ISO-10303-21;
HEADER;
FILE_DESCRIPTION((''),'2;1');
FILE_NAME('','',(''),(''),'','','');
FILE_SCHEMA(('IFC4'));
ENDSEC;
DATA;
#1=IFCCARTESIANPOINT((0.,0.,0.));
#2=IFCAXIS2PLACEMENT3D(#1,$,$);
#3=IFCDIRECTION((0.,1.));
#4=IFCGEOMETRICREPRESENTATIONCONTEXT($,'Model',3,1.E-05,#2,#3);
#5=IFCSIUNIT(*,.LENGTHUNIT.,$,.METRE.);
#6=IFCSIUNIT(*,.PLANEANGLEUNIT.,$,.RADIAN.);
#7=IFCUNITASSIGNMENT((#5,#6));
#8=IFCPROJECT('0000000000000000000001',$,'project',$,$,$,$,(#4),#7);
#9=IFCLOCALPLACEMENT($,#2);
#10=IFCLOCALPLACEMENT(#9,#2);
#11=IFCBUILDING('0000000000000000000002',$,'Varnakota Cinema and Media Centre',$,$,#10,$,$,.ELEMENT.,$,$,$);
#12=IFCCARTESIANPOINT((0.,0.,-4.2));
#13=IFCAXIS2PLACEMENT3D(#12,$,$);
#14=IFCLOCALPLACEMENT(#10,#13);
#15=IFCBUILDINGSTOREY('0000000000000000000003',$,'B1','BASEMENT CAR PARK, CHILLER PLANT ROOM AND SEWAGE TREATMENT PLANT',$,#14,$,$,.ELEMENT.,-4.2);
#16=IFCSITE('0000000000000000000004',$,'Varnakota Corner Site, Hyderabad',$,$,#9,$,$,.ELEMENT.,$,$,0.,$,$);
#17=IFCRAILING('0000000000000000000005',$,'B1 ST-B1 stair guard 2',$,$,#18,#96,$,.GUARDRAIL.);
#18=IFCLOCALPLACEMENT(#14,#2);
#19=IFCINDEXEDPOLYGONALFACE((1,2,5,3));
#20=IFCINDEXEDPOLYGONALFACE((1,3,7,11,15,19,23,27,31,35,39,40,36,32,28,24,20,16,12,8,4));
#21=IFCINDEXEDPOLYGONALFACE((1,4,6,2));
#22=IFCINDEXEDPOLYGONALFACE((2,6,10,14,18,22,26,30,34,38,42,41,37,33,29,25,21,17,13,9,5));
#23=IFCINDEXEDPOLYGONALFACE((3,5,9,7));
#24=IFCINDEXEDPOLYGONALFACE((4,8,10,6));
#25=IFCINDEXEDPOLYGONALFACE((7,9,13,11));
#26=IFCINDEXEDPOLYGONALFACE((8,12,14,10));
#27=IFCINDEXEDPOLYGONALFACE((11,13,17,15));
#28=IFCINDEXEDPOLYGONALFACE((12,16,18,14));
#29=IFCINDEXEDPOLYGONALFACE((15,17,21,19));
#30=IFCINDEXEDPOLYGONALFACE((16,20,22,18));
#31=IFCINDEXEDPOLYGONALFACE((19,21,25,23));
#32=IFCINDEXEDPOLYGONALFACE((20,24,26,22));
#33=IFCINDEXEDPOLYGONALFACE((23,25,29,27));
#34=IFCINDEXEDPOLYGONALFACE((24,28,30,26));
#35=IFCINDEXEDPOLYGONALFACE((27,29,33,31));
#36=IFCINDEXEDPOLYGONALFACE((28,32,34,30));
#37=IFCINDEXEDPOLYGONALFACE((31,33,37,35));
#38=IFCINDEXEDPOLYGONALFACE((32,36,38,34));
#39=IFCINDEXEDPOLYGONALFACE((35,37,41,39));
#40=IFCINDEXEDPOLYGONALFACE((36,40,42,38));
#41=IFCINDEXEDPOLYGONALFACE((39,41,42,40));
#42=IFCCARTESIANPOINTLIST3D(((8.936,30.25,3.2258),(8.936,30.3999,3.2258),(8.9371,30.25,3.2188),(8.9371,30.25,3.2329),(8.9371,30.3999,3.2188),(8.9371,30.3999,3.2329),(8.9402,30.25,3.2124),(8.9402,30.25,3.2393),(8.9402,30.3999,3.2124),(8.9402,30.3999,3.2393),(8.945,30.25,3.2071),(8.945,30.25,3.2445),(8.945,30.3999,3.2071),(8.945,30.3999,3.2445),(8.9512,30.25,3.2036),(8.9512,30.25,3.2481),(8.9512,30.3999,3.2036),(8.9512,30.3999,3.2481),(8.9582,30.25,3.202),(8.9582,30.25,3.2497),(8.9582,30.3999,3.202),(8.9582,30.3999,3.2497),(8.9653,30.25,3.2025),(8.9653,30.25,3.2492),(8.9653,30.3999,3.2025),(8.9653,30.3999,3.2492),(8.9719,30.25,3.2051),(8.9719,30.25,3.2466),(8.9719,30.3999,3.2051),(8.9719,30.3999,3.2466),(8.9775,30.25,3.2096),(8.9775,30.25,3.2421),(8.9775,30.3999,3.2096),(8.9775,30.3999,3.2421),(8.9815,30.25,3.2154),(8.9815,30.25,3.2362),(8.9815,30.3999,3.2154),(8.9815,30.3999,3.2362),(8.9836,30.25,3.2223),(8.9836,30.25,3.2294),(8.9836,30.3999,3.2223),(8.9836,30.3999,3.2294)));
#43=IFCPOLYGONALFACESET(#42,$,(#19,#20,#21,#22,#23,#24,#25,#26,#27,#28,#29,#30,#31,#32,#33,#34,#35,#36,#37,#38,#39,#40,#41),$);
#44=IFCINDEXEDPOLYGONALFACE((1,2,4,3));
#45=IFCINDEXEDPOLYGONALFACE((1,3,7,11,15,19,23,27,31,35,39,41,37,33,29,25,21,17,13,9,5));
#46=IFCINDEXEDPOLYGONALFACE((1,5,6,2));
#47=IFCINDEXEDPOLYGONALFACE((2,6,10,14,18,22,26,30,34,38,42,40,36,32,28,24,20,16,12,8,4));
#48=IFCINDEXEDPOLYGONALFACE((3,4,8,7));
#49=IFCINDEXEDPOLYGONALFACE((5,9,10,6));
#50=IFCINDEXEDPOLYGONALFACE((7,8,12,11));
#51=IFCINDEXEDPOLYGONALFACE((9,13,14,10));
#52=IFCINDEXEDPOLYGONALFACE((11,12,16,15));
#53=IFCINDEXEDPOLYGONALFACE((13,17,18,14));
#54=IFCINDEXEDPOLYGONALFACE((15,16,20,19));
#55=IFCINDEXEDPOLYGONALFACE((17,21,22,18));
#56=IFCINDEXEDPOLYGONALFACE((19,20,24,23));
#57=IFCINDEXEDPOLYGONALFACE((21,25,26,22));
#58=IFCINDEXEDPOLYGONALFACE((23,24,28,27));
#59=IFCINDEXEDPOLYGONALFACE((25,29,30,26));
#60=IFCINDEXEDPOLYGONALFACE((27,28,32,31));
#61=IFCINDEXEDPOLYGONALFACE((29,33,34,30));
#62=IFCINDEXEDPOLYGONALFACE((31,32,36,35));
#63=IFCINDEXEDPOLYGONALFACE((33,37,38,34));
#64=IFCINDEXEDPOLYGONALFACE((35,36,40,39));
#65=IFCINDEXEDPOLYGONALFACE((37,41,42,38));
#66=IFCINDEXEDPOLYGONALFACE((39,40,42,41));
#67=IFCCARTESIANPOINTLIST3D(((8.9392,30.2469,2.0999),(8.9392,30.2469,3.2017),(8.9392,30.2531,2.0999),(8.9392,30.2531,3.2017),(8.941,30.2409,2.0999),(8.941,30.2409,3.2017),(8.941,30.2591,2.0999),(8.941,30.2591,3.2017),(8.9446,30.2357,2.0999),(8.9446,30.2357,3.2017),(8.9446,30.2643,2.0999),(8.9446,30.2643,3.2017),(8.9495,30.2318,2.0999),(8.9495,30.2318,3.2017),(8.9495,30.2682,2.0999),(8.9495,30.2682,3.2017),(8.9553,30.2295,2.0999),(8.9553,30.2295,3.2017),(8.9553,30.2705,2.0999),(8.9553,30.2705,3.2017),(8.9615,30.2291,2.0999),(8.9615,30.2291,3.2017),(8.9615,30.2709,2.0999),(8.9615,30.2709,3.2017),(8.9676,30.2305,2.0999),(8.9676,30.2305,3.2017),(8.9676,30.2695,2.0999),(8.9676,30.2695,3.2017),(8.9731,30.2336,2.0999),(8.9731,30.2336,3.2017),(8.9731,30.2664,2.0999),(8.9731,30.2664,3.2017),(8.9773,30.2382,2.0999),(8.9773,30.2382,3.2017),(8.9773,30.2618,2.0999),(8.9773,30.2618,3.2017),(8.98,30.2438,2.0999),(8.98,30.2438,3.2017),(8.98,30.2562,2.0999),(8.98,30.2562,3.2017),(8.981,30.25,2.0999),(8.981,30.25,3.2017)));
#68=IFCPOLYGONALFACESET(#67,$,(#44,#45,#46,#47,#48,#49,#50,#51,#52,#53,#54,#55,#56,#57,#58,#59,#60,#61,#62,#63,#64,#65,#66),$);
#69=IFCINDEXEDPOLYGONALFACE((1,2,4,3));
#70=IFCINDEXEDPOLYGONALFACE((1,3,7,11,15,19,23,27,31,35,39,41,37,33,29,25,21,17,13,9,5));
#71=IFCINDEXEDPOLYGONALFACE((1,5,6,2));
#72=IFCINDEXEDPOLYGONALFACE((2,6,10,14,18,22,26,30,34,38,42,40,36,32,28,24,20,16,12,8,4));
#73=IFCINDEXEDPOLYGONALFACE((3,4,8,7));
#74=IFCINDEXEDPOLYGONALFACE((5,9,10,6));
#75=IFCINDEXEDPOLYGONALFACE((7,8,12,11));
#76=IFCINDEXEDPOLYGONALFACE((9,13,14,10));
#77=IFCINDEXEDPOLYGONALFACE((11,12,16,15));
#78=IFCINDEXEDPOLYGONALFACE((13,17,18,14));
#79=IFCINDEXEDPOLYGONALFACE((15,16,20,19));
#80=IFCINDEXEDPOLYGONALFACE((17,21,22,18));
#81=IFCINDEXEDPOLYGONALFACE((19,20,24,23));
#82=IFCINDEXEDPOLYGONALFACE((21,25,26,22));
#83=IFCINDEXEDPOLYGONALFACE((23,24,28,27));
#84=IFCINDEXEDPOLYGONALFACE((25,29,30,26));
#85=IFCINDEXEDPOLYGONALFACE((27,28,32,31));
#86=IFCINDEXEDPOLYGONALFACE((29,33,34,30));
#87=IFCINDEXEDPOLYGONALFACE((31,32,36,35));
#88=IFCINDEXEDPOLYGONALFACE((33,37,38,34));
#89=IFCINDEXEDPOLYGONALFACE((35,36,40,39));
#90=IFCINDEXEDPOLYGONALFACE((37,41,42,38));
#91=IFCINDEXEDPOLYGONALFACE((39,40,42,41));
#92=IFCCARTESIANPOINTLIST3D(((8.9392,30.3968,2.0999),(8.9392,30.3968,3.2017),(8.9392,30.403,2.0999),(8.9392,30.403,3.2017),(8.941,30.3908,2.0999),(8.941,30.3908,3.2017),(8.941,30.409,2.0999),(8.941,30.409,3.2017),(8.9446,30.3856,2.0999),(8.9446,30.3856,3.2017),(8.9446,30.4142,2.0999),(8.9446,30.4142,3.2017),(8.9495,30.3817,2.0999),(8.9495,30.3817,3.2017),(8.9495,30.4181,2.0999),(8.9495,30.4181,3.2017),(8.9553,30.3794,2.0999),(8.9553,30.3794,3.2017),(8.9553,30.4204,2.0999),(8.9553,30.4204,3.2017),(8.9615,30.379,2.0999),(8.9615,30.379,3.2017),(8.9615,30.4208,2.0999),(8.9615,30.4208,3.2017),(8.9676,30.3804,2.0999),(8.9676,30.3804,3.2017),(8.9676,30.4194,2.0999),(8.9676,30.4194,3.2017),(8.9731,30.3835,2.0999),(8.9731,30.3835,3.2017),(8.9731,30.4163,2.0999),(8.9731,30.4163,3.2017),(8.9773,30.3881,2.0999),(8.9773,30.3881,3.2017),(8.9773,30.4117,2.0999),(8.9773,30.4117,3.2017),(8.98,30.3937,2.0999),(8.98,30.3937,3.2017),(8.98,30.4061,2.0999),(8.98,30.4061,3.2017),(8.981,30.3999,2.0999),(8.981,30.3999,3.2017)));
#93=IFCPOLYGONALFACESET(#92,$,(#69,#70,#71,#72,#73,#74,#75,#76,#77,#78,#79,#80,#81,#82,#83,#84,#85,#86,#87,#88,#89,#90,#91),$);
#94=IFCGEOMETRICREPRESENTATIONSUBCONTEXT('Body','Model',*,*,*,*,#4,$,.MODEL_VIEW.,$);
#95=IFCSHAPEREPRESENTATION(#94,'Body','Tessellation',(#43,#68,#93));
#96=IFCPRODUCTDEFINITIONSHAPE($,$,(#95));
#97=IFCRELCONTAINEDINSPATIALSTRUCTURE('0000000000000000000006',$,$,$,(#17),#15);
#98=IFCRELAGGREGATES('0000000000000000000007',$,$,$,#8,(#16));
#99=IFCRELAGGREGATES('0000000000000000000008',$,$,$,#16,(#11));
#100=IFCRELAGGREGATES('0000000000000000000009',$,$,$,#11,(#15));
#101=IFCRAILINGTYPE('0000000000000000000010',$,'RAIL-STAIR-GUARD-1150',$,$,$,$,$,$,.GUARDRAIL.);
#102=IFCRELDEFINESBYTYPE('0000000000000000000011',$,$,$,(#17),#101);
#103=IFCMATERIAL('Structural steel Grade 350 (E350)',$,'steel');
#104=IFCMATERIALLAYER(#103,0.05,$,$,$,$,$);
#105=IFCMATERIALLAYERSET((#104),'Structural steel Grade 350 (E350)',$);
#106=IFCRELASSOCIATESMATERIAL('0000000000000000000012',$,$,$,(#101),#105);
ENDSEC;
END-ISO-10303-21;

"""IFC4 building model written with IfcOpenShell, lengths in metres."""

from ifc_helpers import new_model, si_unit, direction, frame, origin, origin_2d, place, context, subcontext, project, spatial, circle, extrude, material, layer, layer_set, type_object, element, save


model = new_model("IFC4")

# Units and contexts
model_context = context("Model", 3, precision=1e-05, world=origin(), true_north=direction((0.0, 1.0)))
body_context = subcontext(model_context, "Body", "Model", "MODEL_VIEW")
ifc_project = project(units=[si_unit("LENGTHUNIT", "METRE"), si_unit("PLANEANGLEUNIT", "RADIAN")], contexts=[model_context])

# Site, building, storey
site_placement = place(None, origin())
site = spatial("IfcSite", under=ifc_project, at=site_placement, Name="Varnakota Corner Site, Hyderabad", CompositionType="ELEMENT", RefElevation=0.0)
building_placement = place(site_placement, origin())
building = spatial("IfcBuilding", under=site, at=building_placement, Name="Varnakota Cinema and Media Centre", CompositionType="ELEMENT")
storey_placement = place(building_placement, frame((0.0, 0.0, -4.2)))
storey = spatial("IfcBuildingStorey", under=building, at=storey_placement, Name="B1", Description="BASEMENT CAR PARK, CHILLER PLANT ROOM AND SEWAGE TREATMENT PLANT", CompositionType="ELEMENT", Elevation=-4.2)

# Railing
ifc_material_1 = material(Name="Structural steel Grade 350 (E350)", Category="steel")
ifc_layer_1 = layer(ifc_material_1, 0.05)
ifc_layer_set_1 = layer_set([ifc_layer_1], Name="Structural steel Grade 350 (E350)")
railing_type_1 = type_object("IfcRailingType", Name="RAIL-STAIR-GUARD-1150", PredefinedType="GUARDRAIL", material=ifc_layer_set_1)
railing_1_placement = place(storey_placement, frame((8.96, 30.25, 2.0999)))
element("IfcRailing", 1, at=railing_1_placement, inside=storey, type_object=railing_type_1, Name="B1 ST-B1 stair guard 2", PredefinedType="GUARDRAIL", context=body_context, shape_type="SweptSolid", body=[
    extrude(circle(Radius=0.0239, at=origin_2d()), frame((0.0, 0.0, 1.126), z_axis=(0.0, 1.0, 0.0), x_axis=(-1.0, 0.0, 0.0)), (0.0, 0.0, 1.0), 0.1499),
    extrude(circle(Radius=0.021, at=origin_2d()), origin(), (0.0, 0.0, 1.0), 1.1018),
    extrude(circle(Radius=0.021, at=origin_2d()), frame((0.0, 0.1499, 0.0)), (0.0, 0.0, 1.0), 1.1018),
])

save(model, "model.ifc")
